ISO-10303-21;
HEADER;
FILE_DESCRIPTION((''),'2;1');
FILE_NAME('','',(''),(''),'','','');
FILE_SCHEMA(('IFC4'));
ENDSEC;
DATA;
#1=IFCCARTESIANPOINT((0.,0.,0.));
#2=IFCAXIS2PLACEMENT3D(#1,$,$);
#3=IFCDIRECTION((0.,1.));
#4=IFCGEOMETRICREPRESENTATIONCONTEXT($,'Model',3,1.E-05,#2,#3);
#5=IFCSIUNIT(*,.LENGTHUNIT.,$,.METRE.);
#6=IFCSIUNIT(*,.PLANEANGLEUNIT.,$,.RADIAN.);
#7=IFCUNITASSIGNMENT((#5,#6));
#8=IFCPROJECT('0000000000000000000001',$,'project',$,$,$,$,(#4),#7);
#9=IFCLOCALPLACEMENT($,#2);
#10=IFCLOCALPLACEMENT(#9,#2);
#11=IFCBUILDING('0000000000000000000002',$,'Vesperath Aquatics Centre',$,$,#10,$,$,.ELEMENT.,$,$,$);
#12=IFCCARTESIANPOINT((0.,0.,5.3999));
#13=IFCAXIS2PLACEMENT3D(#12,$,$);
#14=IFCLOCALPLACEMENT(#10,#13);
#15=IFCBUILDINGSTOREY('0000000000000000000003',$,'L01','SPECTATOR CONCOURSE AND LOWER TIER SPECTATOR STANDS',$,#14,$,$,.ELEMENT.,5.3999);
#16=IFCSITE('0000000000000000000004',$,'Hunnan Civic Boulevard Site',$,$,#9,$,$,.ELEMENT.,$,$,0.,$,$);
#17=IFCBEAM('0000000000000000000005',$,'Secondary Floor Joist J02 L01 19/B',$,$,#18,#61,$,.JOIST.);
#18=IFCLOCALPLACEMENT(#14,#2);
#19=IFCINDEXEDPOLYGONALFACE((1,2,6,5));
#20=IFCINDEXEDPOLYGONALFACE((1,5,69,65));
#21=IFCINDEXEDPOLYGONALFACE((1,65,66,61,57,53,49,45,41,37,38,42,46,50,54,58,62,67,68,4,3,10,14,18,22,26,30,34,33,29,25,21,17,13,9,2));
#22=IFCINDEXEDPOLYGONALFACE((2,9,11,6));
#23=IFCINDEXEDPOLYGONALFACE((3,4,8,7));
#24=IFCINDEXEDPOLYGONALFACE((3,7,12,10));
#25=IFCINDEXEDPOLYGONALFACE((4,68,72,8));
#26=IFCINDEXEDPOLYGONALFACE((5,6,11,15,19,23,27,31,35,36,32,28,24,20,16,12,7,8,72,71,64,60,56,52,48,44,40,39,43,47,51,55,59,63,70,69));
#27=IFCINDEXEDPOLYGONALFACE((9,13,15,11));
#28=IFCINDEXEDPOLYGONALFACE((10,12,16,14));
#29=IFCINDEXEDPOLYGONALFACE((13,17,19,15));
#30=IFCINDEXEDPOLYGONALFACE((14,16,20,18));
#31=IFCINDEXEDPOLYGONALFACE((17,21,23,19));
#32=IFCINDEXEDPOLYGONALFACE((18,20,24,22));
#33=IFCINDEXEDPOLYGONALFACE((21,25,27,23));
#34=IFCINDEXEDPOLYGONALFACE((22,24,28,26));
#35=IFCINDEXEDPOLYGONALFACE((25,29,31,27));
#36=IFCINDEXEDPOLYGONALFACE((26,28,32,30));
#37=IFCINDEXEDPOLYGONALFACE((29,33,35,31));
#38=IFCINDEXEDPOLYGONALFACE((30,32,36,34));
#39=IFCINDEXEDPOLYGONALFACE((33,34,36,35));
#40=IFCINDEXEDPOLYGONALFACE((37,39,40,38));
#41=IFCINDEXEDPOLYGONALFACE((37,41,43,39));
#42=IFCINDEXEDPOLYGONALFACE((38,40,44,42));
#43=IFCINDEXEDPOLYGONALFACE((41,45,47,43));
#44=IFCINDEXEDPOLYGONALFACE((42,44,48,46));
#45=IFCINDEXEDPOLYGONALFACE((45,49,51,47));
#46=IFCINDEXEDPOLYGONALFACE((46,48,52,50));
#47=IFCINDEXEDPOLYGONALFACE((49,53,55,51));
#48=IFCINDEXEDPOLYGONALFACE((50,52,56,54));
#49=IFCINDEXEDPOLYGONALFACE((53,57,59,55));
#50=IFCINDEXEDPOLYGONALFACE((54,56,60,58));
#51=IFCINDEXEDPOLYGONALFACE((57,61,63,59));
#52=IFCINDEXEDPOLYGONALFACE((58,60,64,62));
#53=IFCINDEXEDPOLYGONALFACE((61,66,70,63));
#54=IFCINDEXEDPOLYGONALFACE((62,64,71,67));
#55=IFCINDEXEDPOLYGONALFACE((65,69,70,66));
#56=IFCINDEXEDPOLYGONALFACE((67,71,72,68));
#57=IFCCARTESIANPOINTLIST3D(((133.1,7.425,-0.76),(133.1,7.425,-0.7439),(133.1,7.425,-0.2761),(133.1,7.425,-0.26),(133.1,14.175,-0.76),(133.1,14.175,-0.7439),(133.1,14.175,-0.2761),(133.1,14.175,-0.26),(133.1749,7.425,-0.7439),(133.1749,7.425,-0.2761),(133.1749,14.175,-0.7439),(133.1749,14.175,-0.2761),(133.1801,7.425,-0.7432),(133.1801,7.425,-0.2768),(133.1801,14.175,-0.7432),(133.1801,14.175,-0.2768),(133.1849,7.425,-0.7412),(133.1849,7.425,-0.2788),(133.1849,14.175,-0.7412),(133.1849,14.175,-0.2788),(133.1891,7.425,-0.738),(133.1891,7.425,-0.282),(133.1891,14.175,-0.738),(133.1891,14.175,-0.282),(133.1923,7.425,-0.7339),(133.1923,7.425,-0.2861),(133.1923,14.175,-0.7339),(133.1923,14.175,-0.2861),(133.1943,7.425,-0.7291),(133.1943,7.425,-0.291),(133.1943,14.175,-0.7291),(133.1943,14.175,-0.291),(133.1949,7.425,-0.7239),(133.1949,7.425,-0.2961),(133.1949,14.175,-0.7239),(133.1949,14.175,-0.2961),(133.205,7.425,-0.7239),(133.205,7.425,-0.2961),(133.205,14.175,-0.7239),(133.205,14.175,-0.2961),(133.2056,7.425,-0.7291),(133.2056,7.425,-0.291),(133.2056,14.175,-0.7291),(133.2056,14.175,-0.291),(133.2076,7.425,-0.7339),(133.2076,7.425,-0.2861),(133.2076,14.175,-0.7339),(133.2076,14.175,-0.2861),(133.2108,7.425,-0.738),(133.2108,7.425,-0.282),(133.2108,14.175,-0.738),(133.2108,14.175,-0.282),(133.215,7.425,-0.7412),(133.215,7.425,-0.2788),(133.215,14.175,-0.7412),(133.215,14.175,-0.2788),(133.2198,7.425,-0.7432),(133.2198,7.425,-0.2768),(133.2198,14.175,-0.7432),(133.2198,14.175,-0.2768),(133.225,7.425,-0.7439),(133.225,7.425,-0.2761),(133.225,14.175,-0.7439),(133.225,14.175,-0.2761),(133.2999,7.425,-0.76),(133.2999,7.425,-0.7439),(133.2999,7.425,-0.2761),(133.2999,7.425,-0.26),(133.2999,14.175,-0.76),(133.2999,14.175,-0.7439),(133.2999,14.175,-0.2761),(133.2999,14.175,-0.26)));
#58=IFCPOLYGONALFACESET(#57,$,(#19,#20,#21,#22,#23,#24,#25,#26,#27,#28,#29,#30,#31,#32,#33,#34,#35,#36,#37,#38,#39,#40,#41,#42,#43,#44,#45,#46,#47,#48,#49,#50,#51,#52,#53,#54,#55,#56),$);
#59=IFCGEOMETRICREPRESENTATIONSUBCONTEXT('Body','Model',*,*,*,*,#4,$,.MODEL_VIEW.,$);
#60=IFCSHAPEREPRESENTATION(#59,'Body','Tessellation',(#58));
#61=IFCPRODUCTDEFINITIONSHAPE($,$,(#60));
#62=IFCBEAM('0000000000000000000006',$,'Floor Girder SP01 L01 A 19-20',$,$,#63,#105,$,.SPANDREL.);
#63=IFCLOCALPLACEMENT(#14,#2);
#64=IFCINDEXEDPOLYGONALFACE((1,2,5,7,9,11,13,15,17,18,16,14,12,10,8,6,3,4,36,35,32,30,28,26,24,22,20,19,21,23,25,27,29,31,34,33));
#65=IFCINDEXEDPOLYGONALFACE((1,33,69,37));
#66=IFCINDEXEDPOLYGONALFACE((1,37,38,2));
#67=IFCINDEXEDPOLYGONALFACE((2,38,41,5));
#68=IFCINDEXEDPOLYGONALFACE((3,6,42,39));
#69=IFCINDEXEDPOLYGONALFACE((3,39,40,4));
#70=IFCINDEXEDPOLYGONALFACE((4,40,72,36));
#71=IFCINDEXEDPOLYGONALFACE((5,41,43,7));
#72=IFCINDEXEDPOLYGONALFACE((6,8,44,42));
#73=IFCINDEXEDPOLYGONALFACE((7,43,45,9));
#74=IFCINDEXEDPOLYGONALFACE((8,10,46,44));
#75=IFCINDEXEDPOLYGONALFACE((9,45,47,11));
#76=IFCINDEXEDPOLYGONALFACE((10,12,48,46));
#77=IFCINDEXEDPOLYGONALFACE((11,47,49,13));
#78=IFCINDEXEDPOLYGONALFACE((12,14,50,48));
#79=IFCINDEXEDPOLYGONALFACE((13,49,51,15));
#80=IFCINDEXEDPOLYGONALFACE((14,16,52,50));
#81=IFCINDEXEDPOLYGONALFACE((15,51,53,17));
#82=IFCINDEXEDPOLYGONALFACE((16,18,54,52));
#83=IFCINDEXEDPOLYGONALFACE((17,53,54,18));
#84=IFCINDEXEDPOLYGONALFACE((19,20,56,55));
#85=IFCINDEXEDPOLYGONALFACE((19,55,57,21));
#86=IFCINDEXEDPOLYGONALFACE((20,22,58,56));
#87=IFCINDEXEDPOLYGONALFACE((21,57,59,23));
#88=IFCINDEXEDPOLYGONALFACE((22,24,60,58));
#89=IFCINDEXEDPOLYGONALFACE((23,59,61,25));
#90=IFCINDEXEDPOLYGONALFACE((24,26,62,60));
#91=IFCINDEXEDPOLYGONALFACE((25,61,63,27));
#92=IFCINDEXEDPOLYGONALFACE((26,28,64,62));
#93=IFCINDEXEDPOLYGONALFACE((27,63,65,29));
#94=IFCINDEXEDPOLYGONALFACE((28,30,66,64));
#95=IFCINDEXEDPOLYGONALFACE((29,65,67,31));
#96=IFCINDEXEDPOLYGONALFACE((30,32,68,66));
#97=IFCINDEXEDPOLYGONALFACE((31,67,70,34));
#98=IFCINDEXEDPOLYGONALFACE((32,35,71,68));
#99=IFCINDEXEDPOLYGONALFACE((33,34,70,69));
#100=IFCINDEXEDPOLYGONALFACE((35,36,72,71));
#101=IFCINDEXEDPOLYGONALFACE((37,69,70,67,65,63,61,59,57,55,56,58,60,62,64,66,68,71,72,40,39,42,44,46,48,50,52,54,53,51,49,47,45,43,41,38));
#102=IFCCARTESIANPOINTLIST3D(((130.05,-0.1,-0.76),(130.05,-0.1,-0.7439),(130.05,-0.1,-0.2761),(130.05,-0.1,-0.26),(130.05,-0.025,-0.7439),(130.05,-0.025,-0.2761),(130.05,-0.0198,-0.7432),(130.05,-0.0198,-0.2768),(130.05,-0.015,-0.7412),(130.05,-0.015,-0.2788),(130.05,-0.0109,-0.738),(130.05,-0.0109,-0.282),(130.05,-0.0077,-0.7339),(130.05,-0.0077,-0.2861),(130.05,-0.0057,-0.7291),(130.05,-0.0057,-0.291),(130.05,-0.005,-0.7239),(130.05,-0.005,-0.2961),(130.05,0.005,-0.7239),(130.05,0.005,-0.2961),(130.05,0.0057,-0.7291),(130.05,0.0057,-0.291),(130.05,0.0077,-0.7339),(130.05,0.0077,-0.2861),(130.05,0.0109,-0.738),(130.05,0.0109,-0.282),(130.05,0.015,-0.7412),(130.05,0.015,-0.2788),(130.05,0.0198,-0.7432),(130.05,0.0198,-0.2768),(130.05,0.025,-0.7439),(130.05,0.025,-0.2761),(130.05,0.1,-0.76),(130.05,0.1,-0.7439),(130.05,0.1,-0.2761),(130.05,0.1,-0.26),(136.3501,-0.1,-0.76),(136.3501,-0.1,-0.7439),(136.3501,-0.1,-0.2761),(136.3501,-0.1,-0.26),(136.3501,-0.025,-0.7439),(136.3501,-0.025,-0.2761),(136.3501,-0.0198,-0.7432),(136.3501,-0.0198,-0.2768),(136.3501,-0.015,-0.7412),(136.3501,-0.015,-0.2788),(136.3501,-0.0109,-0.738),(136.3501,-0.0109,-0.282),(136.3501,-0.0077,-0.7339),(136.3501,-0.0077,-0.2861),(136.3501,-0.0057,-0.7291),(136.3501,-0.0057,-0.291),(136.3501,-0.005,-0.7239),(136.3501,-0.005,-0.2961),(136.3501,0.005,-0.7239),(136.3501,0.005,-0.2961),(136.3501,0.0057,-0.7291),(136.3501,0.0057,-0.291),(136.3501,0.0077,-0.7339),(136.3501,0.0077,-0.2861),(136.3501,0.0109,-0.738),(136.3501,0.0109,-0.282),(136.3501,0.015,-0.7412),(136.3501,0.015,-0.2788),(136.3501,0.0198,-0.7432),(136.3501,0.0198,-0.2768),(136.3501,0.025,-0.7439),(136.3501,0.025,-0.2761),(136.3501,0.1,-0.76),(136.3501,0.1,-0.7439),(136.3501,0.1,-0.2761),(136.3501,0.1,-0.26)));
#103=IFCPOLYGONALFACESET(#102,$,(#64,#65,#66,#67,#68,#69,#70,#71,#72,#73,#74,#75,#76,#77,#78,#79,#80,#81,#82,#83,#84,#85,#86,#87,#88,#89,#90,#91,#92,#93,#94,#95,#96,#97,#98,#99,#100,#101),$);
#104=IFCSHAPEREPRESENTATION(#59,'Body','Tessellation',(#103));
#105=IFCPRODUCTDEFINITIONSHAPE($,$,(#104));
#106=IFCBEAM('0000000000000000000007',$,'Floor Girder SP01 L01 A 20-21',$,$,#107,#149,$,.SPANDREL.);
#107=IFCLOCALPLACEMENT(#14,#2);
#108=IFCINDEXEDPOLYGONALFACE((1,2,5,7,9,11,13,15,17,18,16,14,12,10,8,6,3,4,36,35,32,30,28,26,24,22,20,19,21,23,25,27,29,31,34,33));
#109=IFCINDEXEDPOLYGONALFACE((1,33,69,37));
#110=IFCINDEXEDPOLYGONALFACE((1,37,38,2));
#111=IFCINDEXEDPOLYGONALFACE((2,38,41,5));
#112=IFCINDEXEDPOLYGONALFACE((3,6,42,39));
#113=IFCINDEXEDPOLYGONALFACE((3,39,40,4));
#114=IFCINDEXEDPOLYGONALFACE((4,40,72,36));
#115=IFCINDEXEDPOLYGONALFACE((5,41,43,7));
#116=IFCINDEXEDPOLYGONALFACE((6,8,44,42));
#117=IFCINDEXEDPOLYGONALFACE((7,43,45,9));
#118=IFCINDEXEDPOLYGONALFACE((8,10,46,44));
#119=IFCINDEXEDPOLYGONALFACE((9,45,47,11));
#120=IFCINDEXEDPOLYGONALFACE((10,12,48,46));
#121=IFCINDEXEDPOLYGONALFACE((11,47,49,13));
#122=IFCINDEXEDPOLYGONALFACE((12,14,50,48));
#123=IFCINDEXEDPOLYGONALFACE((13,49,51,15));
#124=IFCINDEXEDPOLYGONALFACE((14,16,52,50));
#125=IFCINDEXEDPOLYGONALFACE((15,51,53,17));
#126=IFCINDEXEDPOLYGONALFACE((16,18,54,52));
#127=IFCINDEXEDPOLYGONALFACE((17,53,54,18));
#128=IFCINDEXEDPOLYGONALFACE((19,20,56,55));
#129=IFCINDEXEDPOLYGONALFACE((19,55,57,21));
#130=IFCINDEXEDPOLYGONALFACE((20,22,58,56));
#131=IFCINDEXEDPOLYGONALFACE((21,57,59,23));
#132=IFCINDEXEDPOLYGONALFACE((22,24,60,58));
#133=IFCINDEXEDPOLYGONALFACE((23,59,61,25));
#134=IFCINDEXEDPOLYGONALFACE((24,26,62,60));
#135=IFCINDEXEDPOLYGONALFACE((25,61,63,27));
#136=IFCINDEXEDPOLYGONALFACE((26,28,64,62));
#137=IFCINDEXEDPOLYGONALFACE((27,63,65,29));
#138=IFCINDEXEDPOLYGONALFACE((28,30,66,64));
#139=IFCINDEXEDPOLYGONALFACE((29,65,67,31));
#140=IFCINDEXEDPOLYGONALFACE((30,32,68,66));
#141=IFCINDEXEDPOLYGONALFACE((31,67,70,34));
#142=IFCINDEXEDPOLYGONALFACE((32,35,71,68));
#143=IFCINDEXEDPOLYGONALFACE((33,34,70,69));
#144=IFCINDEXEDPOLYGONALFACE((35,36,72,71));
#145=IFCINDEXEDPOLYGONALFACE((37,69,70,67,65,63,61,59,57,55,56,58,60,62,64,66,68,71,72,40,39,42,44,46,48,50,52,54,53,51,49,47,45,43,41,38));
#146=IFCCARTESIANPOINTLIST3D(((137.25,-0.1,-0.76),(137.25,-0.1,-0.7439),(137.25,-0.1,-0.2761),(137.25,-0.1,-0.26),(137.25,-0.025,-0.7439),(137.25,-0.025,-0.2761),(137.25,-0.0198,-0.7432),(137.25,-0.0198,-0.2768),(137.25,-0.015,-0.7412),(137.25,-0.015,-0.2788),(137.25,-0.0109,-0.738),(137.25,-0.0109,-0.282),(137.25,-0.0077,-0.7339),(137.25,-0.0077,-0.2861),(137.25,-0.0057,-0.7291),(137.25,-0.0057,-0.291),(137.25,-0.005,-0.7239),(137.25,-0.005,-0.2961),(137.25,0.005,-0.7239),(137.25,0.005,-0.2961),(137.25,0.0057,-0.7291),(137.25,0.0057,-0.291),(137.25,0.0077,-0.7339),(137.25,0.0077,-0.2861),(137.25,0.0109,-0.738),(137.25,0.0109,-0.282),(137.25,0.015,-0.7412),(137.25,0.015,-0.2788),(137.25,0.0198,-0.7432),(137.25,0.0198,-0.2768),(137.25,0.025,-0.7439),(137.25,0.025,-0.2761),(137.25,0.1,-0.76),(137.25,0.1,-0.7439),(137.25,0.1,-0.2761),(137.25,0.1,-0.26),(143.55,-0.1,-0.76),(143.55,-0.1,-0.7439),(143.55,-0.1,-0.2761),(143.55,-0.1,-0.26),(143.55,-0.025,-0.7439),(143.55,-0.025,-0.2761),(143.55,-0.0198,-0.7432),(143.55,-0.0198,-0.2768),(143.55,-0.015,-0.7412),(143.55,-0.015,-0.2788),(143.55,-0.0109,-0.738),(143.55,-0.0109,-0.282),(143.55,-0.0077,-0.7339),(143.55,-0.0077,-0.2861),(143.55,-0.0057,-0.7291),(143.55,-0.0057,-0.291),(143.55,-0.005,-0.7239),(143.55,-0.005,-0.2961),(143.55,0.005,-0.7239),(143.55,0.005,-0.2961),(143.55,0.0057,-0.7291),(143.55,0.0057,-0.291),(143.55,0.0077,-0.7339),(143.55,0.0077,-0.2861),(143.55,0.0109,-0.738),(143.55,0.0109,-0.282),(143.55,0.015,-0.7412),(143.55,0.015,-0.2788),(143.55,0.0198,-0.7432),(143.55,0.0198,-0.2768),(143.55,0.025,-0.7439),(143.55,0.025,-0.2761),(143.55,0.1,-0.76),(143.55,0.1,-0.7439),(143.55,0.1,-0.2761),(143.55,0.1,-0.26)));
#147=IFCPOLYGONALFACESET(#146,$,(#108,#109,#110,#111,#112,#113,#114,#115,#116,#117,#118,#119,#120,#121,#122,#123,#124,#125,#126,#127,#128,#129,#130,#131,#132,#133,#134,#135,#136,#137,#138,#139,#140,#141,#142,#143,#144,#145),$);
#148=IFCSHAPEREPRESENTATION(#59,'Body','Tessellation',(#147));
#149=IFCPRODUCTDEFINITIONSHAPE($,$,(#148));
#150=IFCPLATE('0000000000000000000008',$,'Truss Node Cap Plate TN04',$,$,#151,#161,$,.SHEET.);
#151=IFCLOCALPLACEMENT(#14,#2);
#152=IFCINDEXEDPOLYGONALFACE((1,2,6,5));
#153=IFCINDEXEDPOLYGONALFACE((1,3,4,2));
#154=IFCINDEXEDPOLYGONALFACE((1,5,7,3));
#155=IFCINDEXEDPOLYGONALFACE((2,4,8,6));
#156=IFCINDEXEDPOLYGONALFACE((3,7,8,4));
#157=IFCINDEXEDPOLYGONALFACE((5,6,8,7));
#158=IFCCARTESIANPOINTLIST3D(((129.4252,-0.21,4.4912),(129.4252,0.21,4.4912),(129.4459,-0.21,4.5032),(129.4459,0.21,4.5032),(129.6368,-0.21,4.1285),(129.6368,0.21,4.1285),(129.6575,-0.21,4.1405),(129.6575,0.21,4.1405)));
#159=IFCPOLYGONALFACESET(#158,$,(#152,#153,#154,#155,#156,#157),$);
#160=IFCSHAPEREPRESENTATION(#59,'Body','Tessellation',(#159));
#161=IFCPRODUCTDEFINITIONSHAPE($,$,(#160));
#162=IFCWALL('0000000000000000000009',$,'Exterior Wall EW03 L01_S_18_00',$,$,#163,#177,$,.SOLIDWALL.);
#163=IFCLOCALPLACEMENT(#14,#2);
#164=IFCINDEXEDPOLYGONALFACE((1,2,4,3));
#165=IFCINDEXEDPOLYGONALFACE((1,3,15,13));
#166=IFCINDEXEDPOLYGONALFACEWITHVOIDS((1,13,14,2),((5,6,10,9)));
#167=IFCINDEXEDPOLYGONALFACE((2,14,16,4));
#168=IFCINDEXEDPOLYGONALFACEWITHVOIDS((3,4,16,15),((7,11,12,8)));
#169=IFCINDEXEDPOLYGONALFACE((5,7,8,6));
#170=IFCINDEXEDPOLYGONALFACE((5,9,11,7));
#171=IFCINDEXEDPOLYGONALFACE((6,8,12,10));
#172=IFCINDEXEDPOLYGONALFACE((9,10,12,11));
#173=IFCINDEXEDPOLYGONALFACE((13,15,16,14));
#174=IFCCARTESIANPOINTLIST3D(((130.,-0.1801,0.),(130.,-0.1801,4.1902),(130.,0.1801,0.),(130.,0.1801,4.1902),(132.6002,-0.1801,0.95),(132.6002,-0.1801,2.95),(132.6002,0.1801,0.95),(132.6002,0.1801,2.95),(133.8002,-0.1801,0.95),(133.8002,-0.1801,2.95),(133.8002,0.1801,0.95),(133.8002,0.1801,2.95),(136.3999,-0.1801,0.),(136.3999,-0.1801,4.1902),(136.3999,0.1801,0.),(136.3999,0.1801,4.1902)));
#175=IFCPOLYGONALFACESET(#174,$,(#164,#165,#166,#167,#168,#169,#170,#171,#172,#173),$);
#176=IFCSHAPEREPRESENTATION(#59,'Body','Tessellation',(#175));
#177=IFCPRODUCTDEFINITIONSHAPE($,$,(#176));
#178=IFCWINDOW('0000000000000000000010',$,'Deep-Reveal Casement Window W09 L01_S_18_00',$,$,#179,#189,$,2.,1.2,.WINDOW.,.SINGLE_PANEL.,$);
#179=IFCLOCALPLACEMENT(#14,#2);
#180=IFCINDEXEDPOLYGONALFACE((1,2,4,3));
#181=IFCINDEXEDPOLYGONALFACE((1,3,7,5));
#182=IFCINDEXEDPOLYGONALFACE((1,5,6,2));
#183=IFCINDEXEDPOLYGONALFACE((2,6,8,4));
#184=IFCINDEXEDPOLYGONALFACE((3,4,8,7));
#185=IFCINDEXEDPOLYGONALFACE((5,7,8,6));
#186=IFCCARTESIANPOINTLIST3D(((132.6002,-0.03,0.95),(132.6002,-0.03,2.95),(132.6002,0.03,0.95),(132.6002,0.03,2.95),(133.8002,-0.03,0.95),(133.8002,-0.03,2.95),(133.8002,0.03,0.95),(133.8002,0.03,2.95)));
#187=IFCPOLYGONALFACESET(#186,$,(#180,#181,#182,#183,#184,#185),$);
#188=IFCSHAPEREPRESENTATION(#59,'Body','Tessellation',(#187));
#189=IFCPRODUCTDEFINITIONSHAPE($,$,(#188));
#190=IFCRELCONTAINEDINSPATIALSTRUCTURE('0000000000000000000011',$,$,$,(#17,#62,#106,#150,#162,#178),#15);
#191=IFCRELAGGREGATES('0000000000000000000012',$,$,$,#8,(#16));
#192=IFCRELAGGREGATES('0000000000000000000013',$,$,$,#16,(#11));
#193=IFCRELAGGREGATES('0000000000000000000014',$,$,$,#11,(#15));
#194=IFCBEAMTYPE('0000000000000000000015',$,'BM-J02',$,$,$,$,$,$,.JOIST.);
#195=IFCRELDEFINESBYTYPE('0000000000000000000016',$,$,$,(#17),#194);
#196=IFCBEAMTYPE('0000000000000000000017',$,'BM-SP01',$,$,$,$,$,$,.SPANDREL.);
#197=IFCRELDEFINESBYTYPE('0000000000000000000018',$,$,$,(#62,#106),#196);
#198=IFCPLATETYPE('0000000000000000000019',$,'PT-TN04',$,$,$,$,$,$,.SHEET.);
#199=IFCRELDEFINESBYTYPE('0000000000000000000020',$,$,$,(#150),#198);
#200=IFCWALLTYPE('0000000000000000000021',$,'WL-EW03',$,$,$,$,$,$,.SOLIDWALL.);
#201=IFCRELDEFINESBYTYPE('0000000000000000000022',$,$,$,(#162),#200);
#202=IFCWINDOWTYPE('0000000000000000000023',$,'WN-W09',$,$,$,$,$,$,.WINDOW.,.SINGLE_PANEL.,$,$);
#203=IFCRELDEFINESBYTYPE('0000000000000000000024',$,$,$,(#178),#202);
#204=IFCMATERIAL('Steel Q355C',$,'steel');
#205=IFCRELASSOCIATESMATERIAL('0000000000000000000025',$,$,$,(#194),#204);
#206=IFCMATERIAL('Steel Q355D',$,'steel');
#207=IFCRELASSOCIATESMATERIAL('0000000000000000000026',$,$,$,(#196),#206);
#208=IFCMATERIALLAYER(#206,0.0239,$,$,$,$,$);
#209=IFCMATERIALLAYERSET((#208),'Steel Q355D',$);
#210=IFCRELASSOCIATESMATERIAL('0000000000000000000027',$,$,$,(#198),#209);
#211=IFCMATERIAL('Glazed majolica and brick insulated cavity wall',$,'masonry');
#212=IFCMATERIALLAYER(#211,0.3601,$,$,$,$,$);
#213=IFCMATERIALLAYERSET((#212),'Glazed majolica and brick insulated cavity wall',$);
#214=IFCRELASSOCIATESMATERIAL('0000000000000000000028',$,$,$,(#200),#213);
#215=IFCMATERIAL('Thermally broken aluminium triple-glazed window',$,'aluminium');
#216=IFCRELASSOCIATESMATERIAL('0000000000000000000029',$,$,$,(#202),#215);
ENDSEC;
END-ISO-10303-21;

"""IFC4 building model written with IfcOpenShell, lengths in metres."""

from ifc_helpers import new_model, si_unit, direction, frame, frame_2d, origin, origin_2d, place, context, subcontext, project, spatial, rectangle, i_section, extrude, material, layer, layer_set, material_profile, profile_set, type_object, element, fill, save


model = new_model("IFC4")

# Units and contexts
model_context = context("Model", 3, precision=1e-05, world=origin(), true_north=direction((0.0, 1.0)))
body_context = subcontext(model_context, "Body", "Model", "MODEL_VIEW")
ifc_project = project(units=[si_unit("LENGTHUNIT", "METRE"), si_unit("PLANEANGLEUNIT", "RADIAN")], contexts=[model_context])

# Site, building, storey
site_placement = place(None, origin())
site = spatial("IfcSite", under=ifc_project, at=site_placement, Name="Hunnan Civic Boulevard Site", CompositionType="ELEMENT", RefElevation=0.0)
building_placement = place(site_placement, origin())
building = spatial("IfcBuilding", under=site, at=building_placement, Name="Vesperath Aquatics Centre", CompositionType="ELEMENT")
storey_placement = place(building_placement, frame((0.0, 0.0, 5.3999)))
storey = spatial("IfcBuildingStorey", under=building, at=storey_placement, Name="L01", Description="SPECTATOR CONCOURSE AND LOWER TIER SPECTATOR STANDS", CompositionType="ELEMENT", Elevation=5.3999)

# Beams
ifc_material_1 = material(Name="Steel Q355D", Category="steel")
ifc_material_2 = material(Name="Steel Q355C", Category="steel")
ifc_material_profile_1 = material_profile(ifc_material_2, i_section(OverallWidth=0.2, OverallDepth=0.5, WebThickness=0.01, FlangeThickness=0.0161, FilletRadius=0.02, at=origin_2d()), Name="HN 500x200x10x16")
ifc_profile_set_1 = profile_set([ifc_material_profile_1], Name="Steel Q355C")
beam_type_1 = type_object("IfcBeamType", Name="BM-J02", PredefinedType="JOIST", material=ifc_profile_set_1)
beam_1_placement = place(storey_placement, frame((133.2, 7.425, -0.51), z_axis=(0.0, 1.0, 0.0), x_axis=(-1.0, 0.0, 0.0)))
element("IfcBeam", 1, at=beam_1_placement, inside=storey, type_object=beam_type_1, Name="Secondary Floor Joist J02 L01 19/B", PredefinedType="JOIST", context=body_context, shape_type="SweptSolid", body=[
    extrude(i_section(OverallWidth=0.2, OverallDepth=0.5, WebThickness=0.01, FlangeThickness=0.0161, FilletRadius=0.02, at=origin_2d()), origin(), (0.0, 0.0, 1.0), 6.75),
])
ifc_material_profile_2 = material_profile(ifc_material_1, i_section(OverallWidth=0.2, OverallDepth=0.5, WebThickness=0.01, FlangeThickness=0.0161, FilletRadius=0.02, at=origin_2d()), Name="HN 500x200x10x16")
ifc_profile_set_2 = profile_set([ifc_material_profile_2], Name="Steel Q355D")
beam_type_2 = type_object("IfcBeamType", Name="BM-SP01", PredefinedType="SPANDREL", material=ifc_profile_set_2)
for number, where, z_axis, x_axis, name in (
    (2, (130.05, 0.0, -0.51), (1.0, 0.0, 0.0), (0.0, 1.0, 0.0), "Floor Girder SP01 L01 A 19-20"),
    (3, (137.25, 0.0, -0.51), (1.0, 0.0, 0.0), (0.0, 1.0, 0.0), "Floor Girder SP01 L01 A 20-21"),
):
    element("IfcBeam", number, at=place(storey_placement, frame(where, z_axis=z_axis, x_axis=x_axis)), inside=storey, type_object=beam_type_2, Name=name, PredefinedType="SPANDREL", context=body_context, shape_type="SweptSolid", body=[
        extrude(i_section(OverallWidth=0.2, OverallDepth=0.5, WebThickness=0.01, FlangeThickness=0.0161, FilletRadius=0.02, at=origin_2d()), origin(), (0.0, 0.0, 1.0), 6.3),
    ])

# Plate
ifc_layer_1 = layer(ifc_material_1, 0.0239)
ifc_layer_set_1 = layer_set([ifc_layer_1], Name="Steel Q355D")
plate_type = type_object("IfcPlateType", Name="PT-TN04", PredefinedType="SHEET", material=ifc_layer_set_1)
plate_placement = place(storey_placement, frame((129.531, 0.0, 4.3098), z_axis=(0.863779, 0.0, 0.503871), x_axis=(0.0, 1.0, 0.0)))
element("IfcPlate", 4, at=plate_placement, inside=storey, type_object=plate_type, Name="Truss Node Cap Plate TN04", PredefinedType="SHEET", context=body_context, shape_type="SweptSolid", body=[
    extrude(rectangle(XDim=0.4199, YDim=0.4199, at=origin_2d()), origin(), (0.0, 0.0, 1.0), 0.0239),
])

# Wall, opening, window
ifc_material_3 = material(Name="Glazed majolica and brick insulated cavity wall", Category="masonry")
ifc_layer_2 = layer(ifc_material_3, 0.3601)
ifc_layer_set_2 = layer_set([ifc_layer_2], Name="Glazed majolica and brick insulated cavity wall")
wall_type_1 = type_object("IfcWallType", Name="WL-EW03", PredefinedType="SOLIDWALL", material=ifc_layer_set_2)
wall_1_placement = place(storey_placement, frame((130.0, 0.0, 0.0), z_axis=(0.0, 0.0, 1.0), x_axis=(1.0, 0.0, 0.0)))
wall_1 = element("IfcWall", 5, at=wall_1_placement, inside=storey, type_object=wall_type_1, Name="Exterior Wall EW03 L01_S_18_00", PredefinedType="SOLIDWALL", context=body_context, shape_type="SweptSolid", body=[
    extrude(rectangle(XDim=6.3999, YDim=0.3601, at=frame_2d((3.2, 0.0))), origin(), (0.0, 0.0, 1.0), 4.1902),
])
opening_1_placement = place(wall_1_placement, frame((2.6001, 0.0, 0.95)))
opening_1 = element("IfcOpeningElement", 6, at=opening_1_placement, cuts=wall_1, PredefinedType="OPENING", context=body_context, shape_type="SweptSolid", body=[
    extrude(rectangle(XDim=1.2, YDim=2.0, at=frame_2d((0.6001, 1.0))), frame((0.0, 0.1948, 0.0), z_axis=(0.0, -1.0, 0.0), x_axis=(1.0, 0.0, 0.0)), (0.0, 0.0, 1.0), 0.3899),
])
ifc_material_4 = material(Name="Thermally broken aluminium triple-glazed window", Category="aluminium")
window_type = type_object("IfcWindowType", Name="WN-W09", PartitioningType="SINGLE_PANEL", PredefinedType="WINDOW", material=ifc_material_4)
window_placement = place(opening_1_placement, origin())
window = element("IfcWindow", 7, at=window_placement, inside=storey, type_object=window_type, Name="Deep-Reveal Casement Window W09 L01_S_18_00", OverallHeight=2.0, OverallWidth=1.2, PartitioningType="SINGLE_PANEL", PredefinedType="WINDOW", context=body_context, shape_type="SweptSolid", body=[
    extrude(rectangle(XDim=1.2, YDim=2.0, at=frame_2d((0.6001, 1.0))), frame((0.0, 0.03, 0.0), z_axis=(0.0, -1.0, 0.0), x_axis=(1.0, 0.0, 0.0)), (0.0, 0.0, 1.0), 0.0601),
])
fill(opening_1, window)

save(model, "model.ifc")
